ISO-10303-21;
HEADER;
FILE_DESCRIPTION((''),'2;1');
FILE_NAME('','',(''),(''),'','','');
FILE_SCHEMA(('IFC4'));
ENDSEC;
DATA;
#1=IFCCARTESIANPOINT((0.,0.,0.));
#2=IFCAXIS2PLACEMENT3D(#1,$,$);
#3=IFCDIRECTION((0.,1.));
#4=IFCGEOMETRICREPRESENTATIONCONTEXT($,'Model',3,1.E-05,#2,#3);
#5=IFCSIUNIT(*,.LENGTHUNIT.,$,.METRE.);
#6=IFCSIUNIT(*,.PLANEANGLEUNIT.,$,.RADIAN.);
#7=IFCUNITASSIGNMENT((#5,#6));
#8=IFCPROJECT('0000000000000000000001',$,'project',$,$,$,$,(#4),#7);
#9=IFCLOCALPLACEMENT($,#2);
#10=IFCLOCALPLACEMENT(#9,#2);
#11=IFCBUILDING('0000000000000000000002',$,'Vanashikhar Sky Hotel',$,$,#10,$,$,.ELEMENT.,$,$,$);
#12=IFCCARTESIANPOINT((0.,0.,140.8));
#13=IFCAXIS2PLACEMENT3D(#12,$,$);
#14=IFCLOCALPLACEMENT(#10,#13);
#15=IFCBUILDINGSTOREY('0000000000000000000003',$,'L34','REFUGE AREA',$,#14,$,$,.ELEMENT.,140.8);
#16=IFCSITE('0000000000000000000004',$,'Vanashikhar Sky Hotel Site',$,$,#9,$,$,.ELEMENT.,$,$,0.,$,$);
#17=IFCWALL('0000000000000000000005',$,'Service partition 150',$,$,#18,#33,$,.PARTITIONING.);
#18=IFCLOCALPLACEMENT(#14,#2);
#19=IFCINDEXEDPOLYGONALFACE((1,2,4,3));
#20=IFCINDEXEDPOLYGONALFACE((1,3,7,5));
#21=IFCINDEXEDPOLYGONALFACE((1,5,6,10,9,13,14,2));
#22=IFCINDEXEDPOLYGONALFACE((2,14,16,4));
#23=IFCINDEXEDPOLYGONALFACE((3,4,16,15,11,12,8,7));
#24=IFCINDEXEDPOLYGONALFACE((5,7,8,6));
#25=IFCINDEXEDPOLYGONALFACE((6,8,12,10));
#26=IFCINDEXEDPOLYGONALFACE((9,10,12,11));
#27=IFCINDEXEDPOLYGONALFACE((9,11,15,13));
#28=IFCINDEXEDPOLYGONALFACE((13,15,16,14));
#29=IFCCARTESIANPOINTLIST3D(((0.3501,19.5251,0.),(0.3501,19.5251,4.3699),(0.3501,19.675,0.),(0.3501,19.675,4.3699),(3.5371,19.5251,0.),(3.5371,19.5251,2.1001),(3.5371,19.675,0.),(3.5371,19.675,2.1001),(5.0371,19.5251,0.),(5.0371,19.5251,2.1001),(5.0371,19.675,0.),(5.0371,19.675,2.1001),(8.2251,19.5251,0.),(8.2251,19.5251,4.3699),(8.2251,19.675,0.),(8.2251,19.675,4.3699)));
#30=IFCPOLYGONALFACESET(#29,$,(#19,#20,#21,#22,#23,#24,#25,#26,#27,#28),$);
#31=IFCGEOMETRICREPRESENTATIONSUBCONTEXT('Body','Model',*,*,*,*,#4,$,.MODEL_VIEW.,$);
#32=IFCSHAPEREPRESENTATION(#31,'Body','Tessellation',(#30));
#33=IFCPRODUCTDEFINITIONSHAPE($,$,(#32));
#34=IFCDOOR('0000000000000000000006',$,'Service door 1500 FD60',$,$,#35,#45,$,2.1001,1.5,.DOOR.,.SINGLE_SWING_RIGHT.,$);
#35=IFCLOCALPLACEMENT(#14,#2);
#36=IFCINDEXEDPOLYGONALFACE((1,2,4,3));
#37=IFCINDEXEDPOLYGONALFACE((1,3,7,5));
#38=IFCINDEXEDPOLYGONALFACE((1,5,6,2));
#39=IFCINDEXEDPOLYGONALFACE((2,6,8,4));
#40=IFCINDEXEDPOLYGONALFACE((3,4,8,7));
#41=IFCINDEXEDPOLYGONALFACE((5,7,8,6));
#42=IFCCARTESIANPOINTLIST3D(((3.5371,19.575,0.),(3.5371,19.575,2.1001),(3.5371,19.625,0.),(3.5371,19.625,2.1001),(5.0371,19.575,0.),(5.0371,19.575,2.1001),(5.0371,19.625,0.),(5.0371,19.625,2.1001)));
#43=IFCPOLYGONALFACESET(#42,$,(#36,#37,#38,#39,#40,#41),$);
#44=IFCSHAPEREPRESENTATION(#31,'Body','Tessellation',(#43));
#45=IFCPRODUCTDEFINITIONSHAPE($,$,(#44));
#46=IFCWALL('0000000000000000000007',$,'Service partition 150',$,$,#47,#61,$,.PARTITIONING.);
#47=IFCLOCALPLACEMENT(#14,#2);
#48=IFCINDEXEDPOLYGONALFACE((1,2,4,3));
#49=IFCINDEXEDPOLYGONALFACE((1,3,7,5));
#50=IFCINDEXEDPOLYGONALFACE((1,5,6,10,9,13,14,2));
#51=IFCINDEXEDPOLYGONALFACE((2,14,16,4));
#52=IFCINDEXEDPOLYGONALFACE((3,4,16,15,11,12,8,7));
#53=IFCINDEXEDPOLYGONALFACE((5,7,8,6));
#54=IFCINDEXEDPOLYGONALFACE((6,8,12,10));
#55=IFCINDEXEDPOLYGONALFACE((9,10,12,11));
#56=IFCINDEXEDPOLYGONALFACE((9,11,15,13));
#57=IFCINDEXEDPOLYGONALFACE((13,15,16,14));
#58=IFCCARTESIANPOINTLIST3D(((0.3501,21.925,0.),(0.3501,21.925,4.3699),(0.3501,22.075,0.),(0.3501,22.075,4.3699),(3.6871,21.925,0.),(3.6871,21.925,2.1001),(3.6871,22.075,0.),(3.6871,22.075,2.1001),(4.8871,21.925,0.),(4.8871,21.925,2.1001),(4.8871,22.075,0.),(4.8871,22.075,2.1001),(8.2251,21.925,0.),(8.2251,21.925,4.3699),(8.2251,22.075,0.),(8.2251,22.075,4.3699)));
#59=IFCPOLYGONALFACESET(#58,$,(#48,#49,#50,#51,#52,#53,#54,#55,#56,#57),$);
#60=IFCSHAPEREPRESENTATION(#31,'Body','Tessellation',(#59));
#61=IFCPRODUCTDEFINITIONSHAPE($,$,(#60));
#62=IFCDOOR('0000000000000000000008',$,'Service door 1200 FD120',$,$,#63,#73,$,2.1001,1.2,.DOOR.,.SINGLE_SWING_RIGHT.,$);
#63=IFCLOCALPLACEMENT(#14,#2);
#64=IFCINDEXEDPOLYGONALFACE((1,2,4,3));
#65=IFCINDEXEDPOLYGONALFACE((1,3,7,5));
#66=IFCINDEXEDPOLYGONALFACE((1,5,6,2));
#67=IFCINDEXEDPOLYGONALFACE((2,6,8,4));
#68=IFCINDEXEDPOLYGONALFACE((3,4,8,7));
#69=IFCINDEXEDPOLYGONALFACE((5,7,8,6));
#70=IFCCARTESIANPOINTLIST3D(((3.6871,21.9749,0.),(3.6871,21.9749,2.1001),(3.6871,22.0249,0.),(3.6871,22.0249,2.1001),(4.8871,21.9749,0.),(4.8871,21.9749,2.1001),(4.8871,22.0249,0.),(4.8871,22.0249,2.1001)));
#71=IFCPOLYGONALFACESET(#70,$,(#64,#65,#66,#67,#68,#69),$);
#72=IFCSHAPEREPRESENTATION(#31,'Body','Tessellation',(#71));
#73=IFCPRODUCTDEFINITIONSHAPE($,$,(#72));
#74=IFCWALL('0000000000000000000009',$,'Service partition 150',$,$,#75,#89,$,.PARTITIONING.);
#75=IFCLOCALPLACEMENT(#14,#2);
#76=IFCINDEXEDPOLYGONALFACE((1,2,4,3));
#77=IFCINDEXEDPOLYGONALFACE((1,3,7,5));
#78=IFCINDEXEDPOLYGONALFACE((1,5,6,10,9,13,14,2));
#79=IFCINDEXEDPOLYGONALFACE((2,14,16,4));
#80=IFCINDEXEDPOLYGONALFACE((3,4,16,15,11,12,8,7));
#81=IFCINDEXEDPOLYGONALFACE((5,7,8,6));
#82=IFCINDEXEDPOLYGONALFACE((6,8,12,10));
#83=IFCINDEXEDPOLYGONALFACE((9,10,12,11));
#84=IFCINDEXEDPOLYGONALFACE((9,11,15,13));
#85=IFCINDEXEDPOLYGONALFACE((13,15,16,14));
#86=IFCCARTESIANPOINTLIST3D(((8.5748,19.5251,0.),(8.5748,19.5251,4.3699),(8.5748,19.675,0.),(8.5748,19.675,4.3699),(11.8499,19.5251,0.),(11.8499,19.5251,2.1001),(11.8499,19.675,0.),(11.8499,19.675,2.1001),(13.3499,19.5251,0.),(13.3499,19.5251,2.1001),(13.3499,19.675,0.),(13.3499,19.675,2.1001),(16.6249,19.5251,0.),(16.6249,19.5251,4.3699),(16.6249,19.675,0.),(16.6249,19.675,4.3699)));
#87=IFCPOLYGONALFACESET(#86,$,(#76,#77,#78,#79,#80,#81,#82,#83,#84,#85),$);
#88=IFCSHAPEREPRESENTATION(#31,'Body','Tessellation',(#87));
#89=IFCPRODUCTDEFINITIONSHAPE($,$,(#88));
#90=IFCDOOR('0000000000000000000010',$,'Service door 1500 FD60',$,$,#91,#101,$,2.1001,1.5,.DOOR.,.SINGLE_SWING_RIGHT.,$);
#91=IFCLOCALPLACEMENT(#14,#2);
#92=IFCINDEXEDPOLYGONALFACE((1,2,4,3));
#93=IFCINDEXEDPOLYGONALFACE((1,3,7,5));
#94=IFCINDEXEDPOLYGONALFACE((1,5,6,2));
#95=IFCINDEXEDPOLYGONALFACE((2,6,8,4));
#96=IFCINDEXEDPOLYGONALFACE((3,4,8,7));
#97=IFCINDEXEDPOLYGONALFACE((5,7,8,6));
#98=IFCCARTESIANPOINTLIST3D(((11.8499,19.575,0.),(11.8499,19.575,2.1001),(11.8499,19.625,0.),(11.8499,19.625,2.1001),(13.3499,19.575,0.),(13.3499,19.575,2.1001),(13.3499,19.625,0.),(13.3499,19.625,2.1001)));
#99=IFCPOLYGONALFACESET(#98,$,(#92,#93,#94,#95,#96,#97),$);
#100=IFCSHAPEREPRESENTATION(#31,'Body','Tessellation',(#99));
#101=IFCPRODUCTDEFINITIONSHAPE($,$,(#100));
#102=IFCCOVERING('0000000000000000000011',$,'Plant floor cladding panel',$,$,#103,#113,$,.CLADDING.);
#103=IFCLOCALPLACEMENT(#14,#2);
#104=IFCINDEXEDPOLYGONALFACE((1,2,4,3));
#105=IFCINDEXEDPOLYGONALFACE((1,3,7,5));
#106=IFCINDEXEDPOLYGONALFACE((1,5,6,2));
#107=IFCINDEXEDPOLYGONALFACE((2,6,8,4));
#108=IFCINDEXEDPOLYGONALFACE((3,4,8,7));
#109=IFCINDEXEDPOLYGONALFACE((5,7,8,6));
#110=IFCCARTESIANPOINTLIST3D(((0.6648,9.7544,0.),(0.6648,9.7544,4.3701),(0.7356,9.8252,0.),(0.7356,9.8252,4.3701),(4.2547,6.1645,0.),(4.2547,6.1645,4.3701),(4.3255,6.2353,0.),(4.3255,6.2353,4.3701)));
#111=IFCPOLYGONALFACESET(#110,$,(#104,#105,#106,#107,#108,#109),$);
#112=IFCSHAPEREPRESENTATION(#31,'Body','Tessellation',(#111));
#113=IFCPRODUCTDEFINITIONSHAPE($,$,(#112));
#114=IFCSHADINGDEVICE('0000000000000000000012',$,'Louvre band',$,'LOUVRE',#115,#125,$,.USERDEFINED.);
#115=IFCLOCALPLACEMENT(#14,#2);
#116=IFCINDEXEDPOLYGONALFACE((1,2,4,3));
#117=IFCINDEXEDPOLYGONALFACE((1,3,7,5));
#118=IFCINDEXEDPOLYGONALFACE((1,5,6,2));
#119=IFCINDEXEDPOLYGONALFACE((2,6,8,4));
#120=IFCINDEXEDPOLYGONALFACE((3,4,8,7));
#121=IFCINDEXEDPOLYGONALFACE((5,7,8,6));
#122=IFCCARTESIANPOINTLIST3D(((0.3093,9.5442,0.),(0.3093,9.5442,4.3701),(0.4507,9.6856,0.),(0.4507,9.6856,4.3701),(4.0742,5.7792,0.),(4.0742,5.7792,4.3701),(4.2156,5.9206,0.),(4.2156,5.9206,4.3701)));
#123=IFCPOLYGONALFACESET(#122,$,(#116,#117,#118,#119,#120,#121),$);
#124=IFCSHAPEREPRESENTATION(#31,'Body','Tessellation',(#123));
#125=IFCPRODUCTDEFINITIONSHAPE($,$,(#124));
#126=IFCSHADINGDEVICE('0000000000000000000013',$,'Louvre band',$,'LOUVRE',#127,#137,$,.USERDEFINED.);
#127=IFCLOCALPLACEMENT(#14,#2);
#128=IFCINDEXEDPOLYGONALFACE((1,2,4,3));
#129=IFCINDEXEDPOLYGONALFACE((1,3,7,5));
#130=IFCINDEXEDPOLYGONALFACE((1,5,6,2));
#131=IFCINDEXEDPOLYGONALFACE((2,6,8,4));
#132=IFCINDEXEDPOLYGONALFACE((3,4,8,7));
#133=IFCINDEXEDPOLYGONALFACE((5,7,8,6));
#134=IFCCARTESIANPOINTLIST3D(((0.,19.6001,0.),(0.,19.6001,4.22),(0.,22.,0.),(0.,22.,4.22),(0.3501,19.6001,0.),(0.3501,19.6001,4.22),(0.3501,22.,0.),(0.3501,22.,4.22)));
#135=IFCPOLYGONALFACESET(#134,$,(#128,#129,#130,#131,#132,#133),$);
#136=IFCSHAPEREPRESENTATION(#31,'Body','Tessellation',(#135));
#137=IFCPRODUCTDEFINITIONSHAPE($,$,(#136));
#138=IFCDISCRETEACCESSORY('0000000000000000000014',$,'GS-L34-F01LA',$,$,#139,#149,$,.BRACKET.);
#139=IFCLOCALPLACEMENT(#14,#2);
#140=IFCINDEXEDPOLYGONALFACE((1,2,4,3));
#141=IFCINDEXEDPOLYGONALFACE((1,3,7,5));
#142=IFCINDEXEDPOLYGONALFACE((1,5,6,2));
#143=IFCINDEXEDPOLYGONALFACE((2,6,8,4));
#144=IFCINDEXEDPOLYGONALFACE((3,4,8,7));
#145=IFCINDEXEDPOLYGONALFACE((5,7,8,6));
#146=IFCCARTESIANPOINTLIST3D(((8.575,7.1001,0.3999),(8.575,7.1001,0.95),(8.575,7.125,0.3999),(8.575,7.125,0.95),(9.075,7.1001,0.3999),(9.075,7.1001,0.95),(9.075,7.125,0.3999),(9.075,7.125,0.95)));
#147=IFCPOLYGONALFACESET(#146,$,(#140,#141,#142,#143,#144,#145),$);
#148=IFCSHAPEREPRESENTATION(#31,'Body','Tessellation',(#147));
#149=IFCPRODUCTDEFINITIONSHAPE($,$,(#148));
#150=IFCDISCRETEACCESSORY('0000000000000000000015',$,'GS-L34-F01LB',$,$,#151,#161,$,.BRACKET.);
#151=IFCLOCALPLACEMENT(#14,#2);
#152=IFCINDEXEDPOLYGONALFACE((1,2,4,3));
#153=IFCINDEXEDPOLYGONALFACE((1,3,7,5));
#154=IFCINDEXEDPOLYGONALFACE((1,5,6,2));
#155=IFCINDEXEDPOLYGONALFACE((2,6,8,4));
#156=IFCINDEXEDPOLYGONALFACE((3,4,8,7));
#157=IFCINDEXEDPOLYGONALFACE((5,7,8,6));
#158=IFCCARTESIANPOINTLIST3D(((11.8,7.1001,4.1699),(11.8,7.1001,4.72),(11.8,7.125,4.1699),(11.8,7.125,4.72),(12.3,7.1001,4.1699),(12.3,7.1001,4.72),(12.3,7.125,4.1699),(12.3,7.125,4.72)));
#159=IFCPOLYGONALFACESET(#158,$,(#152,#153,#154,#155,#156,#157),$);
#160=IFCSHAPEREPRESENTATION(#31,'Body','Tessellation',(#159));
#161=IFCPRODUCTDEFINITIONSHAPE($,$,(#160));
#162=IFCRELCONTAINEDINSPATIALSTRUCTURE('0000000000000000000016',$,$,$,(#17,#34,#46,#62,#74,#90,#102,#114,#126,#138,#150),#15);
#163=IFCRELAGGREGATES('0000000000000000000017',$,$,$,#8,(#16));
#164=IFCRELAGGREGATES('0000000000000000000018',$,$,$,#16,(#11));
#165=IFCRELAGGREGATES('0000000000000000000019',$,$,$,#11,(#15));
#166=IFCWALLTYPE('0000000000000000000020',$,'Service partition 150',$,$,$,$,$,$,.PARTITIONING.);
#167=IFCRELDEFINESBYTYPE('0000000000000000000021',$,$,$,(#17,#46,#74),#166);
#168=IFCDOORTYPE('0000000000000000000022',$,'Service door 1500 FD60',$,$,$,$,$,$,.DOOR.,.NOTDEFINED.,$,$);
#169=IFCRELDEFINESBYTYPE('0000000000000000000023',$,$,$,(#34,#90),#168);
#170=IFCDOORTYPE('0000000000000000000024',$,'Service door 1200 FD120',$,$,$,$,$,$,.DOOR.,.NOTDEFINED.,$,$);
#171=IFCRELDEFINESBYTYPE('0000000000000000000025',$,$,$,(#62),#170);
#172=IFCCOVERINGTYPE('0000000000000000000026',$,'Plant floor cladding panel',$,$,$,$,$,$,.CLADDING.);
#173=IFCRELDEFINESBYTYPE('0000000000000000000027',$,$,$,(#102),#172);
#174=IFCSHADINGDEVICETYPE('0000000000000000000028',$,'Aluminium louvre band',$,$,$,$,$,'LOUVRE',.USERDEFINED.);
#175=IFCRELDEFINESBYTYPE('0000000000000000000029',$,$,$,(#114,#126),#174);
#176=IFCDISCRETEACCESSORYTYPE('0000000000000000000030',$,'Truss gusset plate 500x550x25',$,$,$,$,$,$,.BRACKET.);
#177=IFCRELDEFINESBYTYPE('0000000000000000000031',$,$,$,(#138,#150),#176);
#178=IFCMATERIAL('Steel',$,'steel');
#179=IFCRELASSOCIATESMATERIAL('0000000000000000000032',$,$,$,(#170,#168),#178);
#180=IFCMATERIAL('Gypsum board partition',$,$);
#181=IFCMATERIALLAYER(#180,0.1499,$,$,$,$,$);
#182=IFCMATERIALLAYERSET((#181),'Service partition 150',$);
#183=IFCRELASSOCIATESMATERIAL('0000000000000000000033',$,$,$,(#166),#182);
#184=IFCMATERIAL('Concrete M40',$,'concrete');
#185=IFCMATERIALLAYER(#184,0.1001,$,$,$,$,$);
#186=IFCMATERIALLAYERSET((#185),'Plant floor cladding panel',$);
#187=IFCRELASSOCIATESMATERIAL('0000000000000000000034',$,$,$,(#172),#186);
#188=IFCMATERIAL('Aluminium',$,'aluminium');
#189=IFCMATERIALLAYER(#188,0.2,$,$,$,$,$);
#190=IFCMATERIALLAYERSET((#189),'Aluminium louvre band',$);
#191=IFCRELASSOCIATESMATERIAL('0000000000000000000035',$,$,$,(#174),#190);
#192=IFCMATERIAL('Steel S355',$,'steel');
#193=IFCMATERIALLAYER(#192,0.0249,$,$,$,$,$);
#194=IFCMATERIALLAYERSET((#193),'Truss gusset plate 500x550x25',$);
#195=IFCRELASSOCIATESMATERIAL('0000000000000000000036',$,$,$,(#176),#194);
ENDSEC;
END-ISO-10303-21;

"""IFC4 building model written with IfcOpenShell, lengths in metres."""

from ifc_helpers import new_model, si_unit, direction, frame, frame_2d, origin, origin_2d, place, context, subcontext, project, spatial, rectangle, extrude, source, transform, mapped, material, layer, layer_set, type_object, element, fill, save


model = new_model("IFC4")

# Units and contexts
model_context = context("Model", 3, precision=1e-05, world=origin(), true_north=direction((0.0, 1.0)))
body_context = subcontext(model_context, "Body", "Model", "MODEL_VIEW")
ifc_project = project(units=[si_unit("LENGTHUNIT", "METRE"), si_unit("PLANEANGLEUNIT", "RADIAN")], contexts=[model_context])

# Site, building, storey
site_placement = place(None, origin())
site = spatial("IfcSite", under=ifc_project, at=site_placement, Name="Vanashikhar Sky Hotel Site", CompositionType="ELEMENT", RefElevation=0.0)
building_placement = place(site_placement, origin())
building = spatial("IfcBuilding", under=site, at=building_placement, Name="Vanashikhar Sky Hotel", CompositionType="ELEMENT")
storey_placement = place(building_placement, frame((0.0, 0.0, 140.8)))
storey = spatial("IfcBuildingStorey", under=building, at=storey_placement, Name="L34", Description="REFUGE AREA", CompositionType="ELEMENT", Elevation=140.8)

# Shared definitions
ifc_material_1 = material(Name="Steel S355", Category="steel")

# Walls, openings, doors
ifc_material_2 = material(Name="Steel", Category="steel")
door_type_1 = type_object("IfcDoorType", Name="Service door 1200 FD120", OperationType="NOTDEFINED", PredefinedType="DOOR", material=ifc_material_2)
shared_shape_1 = source(origin(), body_context, "Body", "SweptSolid", [
    extrude(rectangle(XDim=1.2, YDim=2.1001, at=frame_2d((0.6001, 1.05))), frame((0.0, 0.0249, 0.0), z_axis=(0.0, -1.0, 0.0), x_axis=(1.0, 0.0, 0.0)), (0.0, 0.0, 1.0), 0.05),
])
ifc_material_3 = material(Name="Gypsum board partition")
ifc_layer_1 = layer(ifc_material_3, 0.1499)
ifc_layer_set_1 = layer_set([ifc_layer_1], Name="Service partition 150")
wall_type_1 = type_object("IfcWallType", Name="Service partition 150", PredefinedType="PARTITIONING", material=ifc_layer_set_1)
shared_shape_2 = source(origin(), body_context, "Body", "SweptSolid", [
    extrude(rectangle(XDim=7.875, YDim=0.1499, at=frame_2d((3.9375, 0.0))), origin(), (0.0, 0.0, 1.0), 4.3699),
])
wall_1_placement = place(storey_placement, frame((0.3501, 19.6001, 0.0), z_axis=(0.0, 0.0, 1.0), x_axis=(1.0, 0.0, 0.0)))
wall_1 = element("IfcWall", 1, at=wall_1_placement, inside=storey, type_object=wall_type_1, Name="Service partition 150", PredefinedType="PARTITIONING", context=body_context, shape_type="MappedRepresentation", body=[
    mapped(shared_shape_2, transform((0.0, 0.0, 0.0), scale=1.0)),
])
shared_shape_3 = source(origin(), body_context, "Body", "SweptSolid", [
    extrude(rectangle(XDim=1.5, YDim=2.1001, at=frame_2d((0.75, 1.05))), frame((0.0, 0.085, 0.0), z_axis=(0.0, -1.0, 0.0), x_axis=(1.0, 0.0, 0.0)), (0.0, 0.0, 1.0), 0.1699),
])
opening_1_placement = place(wall_1_placement, frame((3.187, 0.0, 0.0)))
opening_1 = element("IfcOpeningElement", 2, at=opening_1_placement, cuts=wall_1, PredefinedType="OPENING", context=body_context, shape_type="MappedRepresentation", body=[
    mapped(shared_shape_3, transform((0.0, 0.0, 0.0), scale=1.0)),
])
door_type_2 = type_object("IfcDoorType", Name="Service door 1500 FD60", OperationType="NOTDEFINED", PredefinedType="DOOR", material=ifc_material_2)
shared_shape_4 = source(origin(), body_context, "Body", "SweptSolid", [
    extrude(rectangle(XDim=1.5, YDim=2.1001, at=frame_2d((0.75, 1.05))), frame((0.0, 0.0249, 0.0), z_axis=(0.0, -1.0, 0.0), x_axis=(1.0, 0.0, 0.0)), (0.0, 0.0, 1.0), 0.05),
])
door_1_placement = place(opening_1_placement, origin())
door_1 = element("IfcDoor", 3, at=door_1_placement, inside=storey, type_object=door_type_2, Name="Service door 1500 FD60", OperationType="SINGLE_SWING_RIGHT", OverallHeight=2.1001, OverallWidth=1.5, PredefinedType="DOOR", context=body_context, shape_type="MappedRepresentation", body=[
    mapped(shared_shape_4, transform((0.0, 0.0, 0.0), scale=1.0)),
])
fill(opening_1, door_1)
wall_2_placement = place(storey_placement, frame((0.3501, 22.0, 0.0), z_axis=(0.0, 0.0, 1.0), x_axis=(1.0, 0.0, 0.0)))
wall_2 = element("IfcWall", 4, at=wall_2_placement, inside=storey, type_object=wall_type_1, Name="Service partition 150", PredefinedType="PARTITIONING", context=body_context, shape_type="MappedRepresentation", body=[
    mapped(shared_shape_2, transform((0.0, 0.0, 0.0), scale=1.0)),
])
shared_shape_5 = source(origin(), body_context, "Body", "SweptSolid", [
    extrude(rectangle(XDim=1.2, YDim=2.1001, at=frame_2d((0.6001, 1.05))), frame((0.0, 0.085, 0.0), z_axis=(0.0, -1.0, 0.0), x_axis=(1.0, 0.0, 0.0)), (0.0, 0.0, 1.0), 0.1699),
])
opening_2_placement = place(wall_2_placement, frame((3.3369, 0.0, 0.0)))
opening_2 = element("IfcOpeningElement", 5, at=opening_2_placement, cuts=wall_2, PredefinedType="OPENING", context=body_context, shape_type="MappedRepresentation", body=[
    mapped(shared_shape_5, transform((0.0, 0.0, 0.0), scale=1.0)),
])
door_2_placement = place(opening_2_placement, origin())
door_2 = element("IfcDoor", 6, at=door_2_placement, inside=storey, type_object=door_type_1, Name="Service door 1200 FD120", OperationType="SINGLE_SWING_RIGHT", OverallHeight=2.1001, OverallWidth=1.2, PredefinedType="DOOR", context=body_context, shape_type="MappedRepresentation", body=[
    mapped(shared_shape_1, transform((0.0, 0.0, 0.0), scale=1.0)),
])
fill(opening_2, door_2)
shared_shape_6 = source(origin(), body_context, "Body", "SweptSolid", [
    extrude(rectangle(XDim=8.05, YDim=0.1499, at=frame_2d((4.0249, 0.0))), origin(), (0.0, 0.0, 1.0), 4.3699),
])
wall_3_placement = place(storey_placement, frame((8.575, 19.6001, 0.0), z_axis=(0.0, 0.0, 1.0), x_axis=(1.0, 0.0, 0.0)))
wall_3 = element("IfcWall", 7, at=wall_3_placement, inside=storey, type_object=wall_type_1, Name="Service partition 150", PredefinedType="PARTITIONING", context=body_context, shape_type="MappedRepresentation", body=[
    mapped(shared_shape_6, transform((0.0, 0.0, 0.0), scale=1.0)),
])
opening_3_placement = place(wall_3_placement, frame((3.2749, 0.0, 0.0)))
opening_3 = element("IfcOpeningElement", 8, at=opening_3_placement, cuts=wall_3, PredefinedType="OPENING", context=body_context, shape_type="MappedRepresentation", body=[
    mapped(shared_shape_3, transform((0.0, 0.0, 0.0), scale=1.0)),
])
door_3_placement = place(opening_3_placement, origin())
door_3 = element("IfcDoor", 9, at=door_3_placement, inside=storey, type_object=door_type_2, Name="Service door 1500 FD60", OperationType="SINGLE_SWING_RIGHT", OverallHeight=2.1001, OverallWidth=1.5, PredefinedType="DOOR", context=body_context, shape_type="MappedRepresentation", body=[
    mapped(shared_shape_4, transform((0.0, 0.0, 0.0), scale=1.0)),
])
fill(opening_3, door_3)

# Covering
ifc_material_4 = material(Name="Concrete M40", Category="concrete")
ifc_layer_2 = layer(ifc_material_4, 0.1001)
ifc_layer_set_2 = layer_set([ifc_layer_2], Name="Plant floor cladding panel")
covering_type = type_object("IfcCoveringType", Name="Plant floor cladding panel", PredefinedType="CLADDING", material=ifc_layer_set_2)
shared_shape_7 = source(origin(), body_context, "Body", "SweptSolid", [
    extrude(rectangle(XDim=5.0769, YDim=0.1001, at=origin_2d()), origin(), (0.0, 0.0, 1.0), 4.3701),
])
covering_placement = place(storey_placement, frame((2.4951, 7.9949, 0.0), z_axis=(0.0, 0.0, 1.0), x_axis=(0.707107, -0.707107, 0.0)))
element("IfcCovering", 10, at=covering_placement, inside=storey, type_object=covering_type, Name="Plant floor cladding panel", PredefinedType="CLADDING", context=body_context, shape_type="MappedRepresentation", body=[
    mapped(shared_shape_7, transform((0.0, 0.0, 0.0), scale=1.0)),
])

# Shading devices
ifc_material_5 = material(Name="Aluminium", Category="aluminium")
ifc_layer_3 = layer(ifc_material_5, 0.2)
ifc_layer_set_3 = layer_set([ifc_layer_3], Name="Aluminium louvre band")
shading_device_type = type_object("IfcShadingDeviceType", Name="Aluminium louvre band", ElementType="LOUVRE", PredefinedType="USERDEFINED", material=ifc_layer_set_3)
shared_shape_8 = source(origin(), body_context, "Body", "SweptSolid", [
    extrude(rectangle(XDim=5.3245, YDim=0.2, at=origin_2d()), origin(), (0.0, 0.0, 1.0), 4.3701),
])
shading_device_1_placement = place(storey_placement, frame((2.2625, 7.7324, 0.0), z_axis=(0.0, 0.0, 1.0), x_axis=(0.707107, -0.707107, 0.0)))
element("IfcShadingDevice", 11, at=shading_device_1_placement, inside=storey, type_object=shading_device_type, Name="Louvre band", ObjectType="LOUVRE", PredefinedType="USERDEFINED", context=body_context, shape_type="MappedRepresentation", body=[
    mapped(shared_shape_8, transform((0.0, 0.0, 0.0), scale=1.0)),
])
shared_shape_9 = source(origin(), body_context, "Body", "SweptSolid", [
    extrude(rectangle(XDim=0.3501, YDim=2.3999, at=origin_2d()), origin(), (0.0, 0.0, 1.0), 4.22),
])
shading_device_2_placement = place(storey_placement, frame((0.175, 20.8, 0.0), z_axis=(0.0, 0.0, 1.0), x_axis=(1.0, 0.0, 0.0)))
element("IfcShadingDevice", 12, at=shading_device_2_placement, inside=storey, type_object=shading_device_type, Name="Louvre band", ObjectType="LOUVRE", PredefinedType="USERDEFINED", context=body_context, shape_type="MappedRepresentation", body=[
    mapped(shared_shape_9, transform((0.0, 0.0, 0.0), scale=1.0)),
])

# Discrete accessories
ifc_layer_4 = layer(ifc_material_1, 0.0249)
ifc_layer_set_4 = layer_set([ifc_layer_4], Name="Truss gusset plate 500x550x25")
discrete_accessory_type = type_object("IfcDiscreteAccessoryType", Name="Truss gusset plate 500x550x25", PredefinedType="BRACKET", material=ifc_layer_set_4)
shared_shape_10 = source(origin(), body_context, "Body", "SweptSolid", [
    extrude(rectangle(XDim=0.5, YDim=0.0249, at=origin_2d()), origin(), (0.0, 0.0, 1.0), 0.55),
])
for number, where, z_axis, x_axis, name in (
    (13, (8.825, 7.1125, 0.3999), (0.0, 0.0, 1.0), (1.0, 0.0, 0.0), "GS-L34-F01LA"),
    (14, (12.05, 7.1125, 4.1699), (0.0, 0.0, 1.0), (1.0, 0.0, 0.0), "GS-L34-F01LB"),
):
    element("IfcDiscreteAccessory", number, at=place(storey_placement, frame(where, z_axis=z_axis, x_axis=x_axis)), inside=storey, type_object=discrete_accessory_type, Name=name, PredefinedType="BRACKET", context=body_context, shape_type="MappedRepresentation", body=[
        mapped(shared_shape_10, transform((0.0, 0.0, 0.0), scale=1.0)),
    ])

save(model, "model.ifc")
